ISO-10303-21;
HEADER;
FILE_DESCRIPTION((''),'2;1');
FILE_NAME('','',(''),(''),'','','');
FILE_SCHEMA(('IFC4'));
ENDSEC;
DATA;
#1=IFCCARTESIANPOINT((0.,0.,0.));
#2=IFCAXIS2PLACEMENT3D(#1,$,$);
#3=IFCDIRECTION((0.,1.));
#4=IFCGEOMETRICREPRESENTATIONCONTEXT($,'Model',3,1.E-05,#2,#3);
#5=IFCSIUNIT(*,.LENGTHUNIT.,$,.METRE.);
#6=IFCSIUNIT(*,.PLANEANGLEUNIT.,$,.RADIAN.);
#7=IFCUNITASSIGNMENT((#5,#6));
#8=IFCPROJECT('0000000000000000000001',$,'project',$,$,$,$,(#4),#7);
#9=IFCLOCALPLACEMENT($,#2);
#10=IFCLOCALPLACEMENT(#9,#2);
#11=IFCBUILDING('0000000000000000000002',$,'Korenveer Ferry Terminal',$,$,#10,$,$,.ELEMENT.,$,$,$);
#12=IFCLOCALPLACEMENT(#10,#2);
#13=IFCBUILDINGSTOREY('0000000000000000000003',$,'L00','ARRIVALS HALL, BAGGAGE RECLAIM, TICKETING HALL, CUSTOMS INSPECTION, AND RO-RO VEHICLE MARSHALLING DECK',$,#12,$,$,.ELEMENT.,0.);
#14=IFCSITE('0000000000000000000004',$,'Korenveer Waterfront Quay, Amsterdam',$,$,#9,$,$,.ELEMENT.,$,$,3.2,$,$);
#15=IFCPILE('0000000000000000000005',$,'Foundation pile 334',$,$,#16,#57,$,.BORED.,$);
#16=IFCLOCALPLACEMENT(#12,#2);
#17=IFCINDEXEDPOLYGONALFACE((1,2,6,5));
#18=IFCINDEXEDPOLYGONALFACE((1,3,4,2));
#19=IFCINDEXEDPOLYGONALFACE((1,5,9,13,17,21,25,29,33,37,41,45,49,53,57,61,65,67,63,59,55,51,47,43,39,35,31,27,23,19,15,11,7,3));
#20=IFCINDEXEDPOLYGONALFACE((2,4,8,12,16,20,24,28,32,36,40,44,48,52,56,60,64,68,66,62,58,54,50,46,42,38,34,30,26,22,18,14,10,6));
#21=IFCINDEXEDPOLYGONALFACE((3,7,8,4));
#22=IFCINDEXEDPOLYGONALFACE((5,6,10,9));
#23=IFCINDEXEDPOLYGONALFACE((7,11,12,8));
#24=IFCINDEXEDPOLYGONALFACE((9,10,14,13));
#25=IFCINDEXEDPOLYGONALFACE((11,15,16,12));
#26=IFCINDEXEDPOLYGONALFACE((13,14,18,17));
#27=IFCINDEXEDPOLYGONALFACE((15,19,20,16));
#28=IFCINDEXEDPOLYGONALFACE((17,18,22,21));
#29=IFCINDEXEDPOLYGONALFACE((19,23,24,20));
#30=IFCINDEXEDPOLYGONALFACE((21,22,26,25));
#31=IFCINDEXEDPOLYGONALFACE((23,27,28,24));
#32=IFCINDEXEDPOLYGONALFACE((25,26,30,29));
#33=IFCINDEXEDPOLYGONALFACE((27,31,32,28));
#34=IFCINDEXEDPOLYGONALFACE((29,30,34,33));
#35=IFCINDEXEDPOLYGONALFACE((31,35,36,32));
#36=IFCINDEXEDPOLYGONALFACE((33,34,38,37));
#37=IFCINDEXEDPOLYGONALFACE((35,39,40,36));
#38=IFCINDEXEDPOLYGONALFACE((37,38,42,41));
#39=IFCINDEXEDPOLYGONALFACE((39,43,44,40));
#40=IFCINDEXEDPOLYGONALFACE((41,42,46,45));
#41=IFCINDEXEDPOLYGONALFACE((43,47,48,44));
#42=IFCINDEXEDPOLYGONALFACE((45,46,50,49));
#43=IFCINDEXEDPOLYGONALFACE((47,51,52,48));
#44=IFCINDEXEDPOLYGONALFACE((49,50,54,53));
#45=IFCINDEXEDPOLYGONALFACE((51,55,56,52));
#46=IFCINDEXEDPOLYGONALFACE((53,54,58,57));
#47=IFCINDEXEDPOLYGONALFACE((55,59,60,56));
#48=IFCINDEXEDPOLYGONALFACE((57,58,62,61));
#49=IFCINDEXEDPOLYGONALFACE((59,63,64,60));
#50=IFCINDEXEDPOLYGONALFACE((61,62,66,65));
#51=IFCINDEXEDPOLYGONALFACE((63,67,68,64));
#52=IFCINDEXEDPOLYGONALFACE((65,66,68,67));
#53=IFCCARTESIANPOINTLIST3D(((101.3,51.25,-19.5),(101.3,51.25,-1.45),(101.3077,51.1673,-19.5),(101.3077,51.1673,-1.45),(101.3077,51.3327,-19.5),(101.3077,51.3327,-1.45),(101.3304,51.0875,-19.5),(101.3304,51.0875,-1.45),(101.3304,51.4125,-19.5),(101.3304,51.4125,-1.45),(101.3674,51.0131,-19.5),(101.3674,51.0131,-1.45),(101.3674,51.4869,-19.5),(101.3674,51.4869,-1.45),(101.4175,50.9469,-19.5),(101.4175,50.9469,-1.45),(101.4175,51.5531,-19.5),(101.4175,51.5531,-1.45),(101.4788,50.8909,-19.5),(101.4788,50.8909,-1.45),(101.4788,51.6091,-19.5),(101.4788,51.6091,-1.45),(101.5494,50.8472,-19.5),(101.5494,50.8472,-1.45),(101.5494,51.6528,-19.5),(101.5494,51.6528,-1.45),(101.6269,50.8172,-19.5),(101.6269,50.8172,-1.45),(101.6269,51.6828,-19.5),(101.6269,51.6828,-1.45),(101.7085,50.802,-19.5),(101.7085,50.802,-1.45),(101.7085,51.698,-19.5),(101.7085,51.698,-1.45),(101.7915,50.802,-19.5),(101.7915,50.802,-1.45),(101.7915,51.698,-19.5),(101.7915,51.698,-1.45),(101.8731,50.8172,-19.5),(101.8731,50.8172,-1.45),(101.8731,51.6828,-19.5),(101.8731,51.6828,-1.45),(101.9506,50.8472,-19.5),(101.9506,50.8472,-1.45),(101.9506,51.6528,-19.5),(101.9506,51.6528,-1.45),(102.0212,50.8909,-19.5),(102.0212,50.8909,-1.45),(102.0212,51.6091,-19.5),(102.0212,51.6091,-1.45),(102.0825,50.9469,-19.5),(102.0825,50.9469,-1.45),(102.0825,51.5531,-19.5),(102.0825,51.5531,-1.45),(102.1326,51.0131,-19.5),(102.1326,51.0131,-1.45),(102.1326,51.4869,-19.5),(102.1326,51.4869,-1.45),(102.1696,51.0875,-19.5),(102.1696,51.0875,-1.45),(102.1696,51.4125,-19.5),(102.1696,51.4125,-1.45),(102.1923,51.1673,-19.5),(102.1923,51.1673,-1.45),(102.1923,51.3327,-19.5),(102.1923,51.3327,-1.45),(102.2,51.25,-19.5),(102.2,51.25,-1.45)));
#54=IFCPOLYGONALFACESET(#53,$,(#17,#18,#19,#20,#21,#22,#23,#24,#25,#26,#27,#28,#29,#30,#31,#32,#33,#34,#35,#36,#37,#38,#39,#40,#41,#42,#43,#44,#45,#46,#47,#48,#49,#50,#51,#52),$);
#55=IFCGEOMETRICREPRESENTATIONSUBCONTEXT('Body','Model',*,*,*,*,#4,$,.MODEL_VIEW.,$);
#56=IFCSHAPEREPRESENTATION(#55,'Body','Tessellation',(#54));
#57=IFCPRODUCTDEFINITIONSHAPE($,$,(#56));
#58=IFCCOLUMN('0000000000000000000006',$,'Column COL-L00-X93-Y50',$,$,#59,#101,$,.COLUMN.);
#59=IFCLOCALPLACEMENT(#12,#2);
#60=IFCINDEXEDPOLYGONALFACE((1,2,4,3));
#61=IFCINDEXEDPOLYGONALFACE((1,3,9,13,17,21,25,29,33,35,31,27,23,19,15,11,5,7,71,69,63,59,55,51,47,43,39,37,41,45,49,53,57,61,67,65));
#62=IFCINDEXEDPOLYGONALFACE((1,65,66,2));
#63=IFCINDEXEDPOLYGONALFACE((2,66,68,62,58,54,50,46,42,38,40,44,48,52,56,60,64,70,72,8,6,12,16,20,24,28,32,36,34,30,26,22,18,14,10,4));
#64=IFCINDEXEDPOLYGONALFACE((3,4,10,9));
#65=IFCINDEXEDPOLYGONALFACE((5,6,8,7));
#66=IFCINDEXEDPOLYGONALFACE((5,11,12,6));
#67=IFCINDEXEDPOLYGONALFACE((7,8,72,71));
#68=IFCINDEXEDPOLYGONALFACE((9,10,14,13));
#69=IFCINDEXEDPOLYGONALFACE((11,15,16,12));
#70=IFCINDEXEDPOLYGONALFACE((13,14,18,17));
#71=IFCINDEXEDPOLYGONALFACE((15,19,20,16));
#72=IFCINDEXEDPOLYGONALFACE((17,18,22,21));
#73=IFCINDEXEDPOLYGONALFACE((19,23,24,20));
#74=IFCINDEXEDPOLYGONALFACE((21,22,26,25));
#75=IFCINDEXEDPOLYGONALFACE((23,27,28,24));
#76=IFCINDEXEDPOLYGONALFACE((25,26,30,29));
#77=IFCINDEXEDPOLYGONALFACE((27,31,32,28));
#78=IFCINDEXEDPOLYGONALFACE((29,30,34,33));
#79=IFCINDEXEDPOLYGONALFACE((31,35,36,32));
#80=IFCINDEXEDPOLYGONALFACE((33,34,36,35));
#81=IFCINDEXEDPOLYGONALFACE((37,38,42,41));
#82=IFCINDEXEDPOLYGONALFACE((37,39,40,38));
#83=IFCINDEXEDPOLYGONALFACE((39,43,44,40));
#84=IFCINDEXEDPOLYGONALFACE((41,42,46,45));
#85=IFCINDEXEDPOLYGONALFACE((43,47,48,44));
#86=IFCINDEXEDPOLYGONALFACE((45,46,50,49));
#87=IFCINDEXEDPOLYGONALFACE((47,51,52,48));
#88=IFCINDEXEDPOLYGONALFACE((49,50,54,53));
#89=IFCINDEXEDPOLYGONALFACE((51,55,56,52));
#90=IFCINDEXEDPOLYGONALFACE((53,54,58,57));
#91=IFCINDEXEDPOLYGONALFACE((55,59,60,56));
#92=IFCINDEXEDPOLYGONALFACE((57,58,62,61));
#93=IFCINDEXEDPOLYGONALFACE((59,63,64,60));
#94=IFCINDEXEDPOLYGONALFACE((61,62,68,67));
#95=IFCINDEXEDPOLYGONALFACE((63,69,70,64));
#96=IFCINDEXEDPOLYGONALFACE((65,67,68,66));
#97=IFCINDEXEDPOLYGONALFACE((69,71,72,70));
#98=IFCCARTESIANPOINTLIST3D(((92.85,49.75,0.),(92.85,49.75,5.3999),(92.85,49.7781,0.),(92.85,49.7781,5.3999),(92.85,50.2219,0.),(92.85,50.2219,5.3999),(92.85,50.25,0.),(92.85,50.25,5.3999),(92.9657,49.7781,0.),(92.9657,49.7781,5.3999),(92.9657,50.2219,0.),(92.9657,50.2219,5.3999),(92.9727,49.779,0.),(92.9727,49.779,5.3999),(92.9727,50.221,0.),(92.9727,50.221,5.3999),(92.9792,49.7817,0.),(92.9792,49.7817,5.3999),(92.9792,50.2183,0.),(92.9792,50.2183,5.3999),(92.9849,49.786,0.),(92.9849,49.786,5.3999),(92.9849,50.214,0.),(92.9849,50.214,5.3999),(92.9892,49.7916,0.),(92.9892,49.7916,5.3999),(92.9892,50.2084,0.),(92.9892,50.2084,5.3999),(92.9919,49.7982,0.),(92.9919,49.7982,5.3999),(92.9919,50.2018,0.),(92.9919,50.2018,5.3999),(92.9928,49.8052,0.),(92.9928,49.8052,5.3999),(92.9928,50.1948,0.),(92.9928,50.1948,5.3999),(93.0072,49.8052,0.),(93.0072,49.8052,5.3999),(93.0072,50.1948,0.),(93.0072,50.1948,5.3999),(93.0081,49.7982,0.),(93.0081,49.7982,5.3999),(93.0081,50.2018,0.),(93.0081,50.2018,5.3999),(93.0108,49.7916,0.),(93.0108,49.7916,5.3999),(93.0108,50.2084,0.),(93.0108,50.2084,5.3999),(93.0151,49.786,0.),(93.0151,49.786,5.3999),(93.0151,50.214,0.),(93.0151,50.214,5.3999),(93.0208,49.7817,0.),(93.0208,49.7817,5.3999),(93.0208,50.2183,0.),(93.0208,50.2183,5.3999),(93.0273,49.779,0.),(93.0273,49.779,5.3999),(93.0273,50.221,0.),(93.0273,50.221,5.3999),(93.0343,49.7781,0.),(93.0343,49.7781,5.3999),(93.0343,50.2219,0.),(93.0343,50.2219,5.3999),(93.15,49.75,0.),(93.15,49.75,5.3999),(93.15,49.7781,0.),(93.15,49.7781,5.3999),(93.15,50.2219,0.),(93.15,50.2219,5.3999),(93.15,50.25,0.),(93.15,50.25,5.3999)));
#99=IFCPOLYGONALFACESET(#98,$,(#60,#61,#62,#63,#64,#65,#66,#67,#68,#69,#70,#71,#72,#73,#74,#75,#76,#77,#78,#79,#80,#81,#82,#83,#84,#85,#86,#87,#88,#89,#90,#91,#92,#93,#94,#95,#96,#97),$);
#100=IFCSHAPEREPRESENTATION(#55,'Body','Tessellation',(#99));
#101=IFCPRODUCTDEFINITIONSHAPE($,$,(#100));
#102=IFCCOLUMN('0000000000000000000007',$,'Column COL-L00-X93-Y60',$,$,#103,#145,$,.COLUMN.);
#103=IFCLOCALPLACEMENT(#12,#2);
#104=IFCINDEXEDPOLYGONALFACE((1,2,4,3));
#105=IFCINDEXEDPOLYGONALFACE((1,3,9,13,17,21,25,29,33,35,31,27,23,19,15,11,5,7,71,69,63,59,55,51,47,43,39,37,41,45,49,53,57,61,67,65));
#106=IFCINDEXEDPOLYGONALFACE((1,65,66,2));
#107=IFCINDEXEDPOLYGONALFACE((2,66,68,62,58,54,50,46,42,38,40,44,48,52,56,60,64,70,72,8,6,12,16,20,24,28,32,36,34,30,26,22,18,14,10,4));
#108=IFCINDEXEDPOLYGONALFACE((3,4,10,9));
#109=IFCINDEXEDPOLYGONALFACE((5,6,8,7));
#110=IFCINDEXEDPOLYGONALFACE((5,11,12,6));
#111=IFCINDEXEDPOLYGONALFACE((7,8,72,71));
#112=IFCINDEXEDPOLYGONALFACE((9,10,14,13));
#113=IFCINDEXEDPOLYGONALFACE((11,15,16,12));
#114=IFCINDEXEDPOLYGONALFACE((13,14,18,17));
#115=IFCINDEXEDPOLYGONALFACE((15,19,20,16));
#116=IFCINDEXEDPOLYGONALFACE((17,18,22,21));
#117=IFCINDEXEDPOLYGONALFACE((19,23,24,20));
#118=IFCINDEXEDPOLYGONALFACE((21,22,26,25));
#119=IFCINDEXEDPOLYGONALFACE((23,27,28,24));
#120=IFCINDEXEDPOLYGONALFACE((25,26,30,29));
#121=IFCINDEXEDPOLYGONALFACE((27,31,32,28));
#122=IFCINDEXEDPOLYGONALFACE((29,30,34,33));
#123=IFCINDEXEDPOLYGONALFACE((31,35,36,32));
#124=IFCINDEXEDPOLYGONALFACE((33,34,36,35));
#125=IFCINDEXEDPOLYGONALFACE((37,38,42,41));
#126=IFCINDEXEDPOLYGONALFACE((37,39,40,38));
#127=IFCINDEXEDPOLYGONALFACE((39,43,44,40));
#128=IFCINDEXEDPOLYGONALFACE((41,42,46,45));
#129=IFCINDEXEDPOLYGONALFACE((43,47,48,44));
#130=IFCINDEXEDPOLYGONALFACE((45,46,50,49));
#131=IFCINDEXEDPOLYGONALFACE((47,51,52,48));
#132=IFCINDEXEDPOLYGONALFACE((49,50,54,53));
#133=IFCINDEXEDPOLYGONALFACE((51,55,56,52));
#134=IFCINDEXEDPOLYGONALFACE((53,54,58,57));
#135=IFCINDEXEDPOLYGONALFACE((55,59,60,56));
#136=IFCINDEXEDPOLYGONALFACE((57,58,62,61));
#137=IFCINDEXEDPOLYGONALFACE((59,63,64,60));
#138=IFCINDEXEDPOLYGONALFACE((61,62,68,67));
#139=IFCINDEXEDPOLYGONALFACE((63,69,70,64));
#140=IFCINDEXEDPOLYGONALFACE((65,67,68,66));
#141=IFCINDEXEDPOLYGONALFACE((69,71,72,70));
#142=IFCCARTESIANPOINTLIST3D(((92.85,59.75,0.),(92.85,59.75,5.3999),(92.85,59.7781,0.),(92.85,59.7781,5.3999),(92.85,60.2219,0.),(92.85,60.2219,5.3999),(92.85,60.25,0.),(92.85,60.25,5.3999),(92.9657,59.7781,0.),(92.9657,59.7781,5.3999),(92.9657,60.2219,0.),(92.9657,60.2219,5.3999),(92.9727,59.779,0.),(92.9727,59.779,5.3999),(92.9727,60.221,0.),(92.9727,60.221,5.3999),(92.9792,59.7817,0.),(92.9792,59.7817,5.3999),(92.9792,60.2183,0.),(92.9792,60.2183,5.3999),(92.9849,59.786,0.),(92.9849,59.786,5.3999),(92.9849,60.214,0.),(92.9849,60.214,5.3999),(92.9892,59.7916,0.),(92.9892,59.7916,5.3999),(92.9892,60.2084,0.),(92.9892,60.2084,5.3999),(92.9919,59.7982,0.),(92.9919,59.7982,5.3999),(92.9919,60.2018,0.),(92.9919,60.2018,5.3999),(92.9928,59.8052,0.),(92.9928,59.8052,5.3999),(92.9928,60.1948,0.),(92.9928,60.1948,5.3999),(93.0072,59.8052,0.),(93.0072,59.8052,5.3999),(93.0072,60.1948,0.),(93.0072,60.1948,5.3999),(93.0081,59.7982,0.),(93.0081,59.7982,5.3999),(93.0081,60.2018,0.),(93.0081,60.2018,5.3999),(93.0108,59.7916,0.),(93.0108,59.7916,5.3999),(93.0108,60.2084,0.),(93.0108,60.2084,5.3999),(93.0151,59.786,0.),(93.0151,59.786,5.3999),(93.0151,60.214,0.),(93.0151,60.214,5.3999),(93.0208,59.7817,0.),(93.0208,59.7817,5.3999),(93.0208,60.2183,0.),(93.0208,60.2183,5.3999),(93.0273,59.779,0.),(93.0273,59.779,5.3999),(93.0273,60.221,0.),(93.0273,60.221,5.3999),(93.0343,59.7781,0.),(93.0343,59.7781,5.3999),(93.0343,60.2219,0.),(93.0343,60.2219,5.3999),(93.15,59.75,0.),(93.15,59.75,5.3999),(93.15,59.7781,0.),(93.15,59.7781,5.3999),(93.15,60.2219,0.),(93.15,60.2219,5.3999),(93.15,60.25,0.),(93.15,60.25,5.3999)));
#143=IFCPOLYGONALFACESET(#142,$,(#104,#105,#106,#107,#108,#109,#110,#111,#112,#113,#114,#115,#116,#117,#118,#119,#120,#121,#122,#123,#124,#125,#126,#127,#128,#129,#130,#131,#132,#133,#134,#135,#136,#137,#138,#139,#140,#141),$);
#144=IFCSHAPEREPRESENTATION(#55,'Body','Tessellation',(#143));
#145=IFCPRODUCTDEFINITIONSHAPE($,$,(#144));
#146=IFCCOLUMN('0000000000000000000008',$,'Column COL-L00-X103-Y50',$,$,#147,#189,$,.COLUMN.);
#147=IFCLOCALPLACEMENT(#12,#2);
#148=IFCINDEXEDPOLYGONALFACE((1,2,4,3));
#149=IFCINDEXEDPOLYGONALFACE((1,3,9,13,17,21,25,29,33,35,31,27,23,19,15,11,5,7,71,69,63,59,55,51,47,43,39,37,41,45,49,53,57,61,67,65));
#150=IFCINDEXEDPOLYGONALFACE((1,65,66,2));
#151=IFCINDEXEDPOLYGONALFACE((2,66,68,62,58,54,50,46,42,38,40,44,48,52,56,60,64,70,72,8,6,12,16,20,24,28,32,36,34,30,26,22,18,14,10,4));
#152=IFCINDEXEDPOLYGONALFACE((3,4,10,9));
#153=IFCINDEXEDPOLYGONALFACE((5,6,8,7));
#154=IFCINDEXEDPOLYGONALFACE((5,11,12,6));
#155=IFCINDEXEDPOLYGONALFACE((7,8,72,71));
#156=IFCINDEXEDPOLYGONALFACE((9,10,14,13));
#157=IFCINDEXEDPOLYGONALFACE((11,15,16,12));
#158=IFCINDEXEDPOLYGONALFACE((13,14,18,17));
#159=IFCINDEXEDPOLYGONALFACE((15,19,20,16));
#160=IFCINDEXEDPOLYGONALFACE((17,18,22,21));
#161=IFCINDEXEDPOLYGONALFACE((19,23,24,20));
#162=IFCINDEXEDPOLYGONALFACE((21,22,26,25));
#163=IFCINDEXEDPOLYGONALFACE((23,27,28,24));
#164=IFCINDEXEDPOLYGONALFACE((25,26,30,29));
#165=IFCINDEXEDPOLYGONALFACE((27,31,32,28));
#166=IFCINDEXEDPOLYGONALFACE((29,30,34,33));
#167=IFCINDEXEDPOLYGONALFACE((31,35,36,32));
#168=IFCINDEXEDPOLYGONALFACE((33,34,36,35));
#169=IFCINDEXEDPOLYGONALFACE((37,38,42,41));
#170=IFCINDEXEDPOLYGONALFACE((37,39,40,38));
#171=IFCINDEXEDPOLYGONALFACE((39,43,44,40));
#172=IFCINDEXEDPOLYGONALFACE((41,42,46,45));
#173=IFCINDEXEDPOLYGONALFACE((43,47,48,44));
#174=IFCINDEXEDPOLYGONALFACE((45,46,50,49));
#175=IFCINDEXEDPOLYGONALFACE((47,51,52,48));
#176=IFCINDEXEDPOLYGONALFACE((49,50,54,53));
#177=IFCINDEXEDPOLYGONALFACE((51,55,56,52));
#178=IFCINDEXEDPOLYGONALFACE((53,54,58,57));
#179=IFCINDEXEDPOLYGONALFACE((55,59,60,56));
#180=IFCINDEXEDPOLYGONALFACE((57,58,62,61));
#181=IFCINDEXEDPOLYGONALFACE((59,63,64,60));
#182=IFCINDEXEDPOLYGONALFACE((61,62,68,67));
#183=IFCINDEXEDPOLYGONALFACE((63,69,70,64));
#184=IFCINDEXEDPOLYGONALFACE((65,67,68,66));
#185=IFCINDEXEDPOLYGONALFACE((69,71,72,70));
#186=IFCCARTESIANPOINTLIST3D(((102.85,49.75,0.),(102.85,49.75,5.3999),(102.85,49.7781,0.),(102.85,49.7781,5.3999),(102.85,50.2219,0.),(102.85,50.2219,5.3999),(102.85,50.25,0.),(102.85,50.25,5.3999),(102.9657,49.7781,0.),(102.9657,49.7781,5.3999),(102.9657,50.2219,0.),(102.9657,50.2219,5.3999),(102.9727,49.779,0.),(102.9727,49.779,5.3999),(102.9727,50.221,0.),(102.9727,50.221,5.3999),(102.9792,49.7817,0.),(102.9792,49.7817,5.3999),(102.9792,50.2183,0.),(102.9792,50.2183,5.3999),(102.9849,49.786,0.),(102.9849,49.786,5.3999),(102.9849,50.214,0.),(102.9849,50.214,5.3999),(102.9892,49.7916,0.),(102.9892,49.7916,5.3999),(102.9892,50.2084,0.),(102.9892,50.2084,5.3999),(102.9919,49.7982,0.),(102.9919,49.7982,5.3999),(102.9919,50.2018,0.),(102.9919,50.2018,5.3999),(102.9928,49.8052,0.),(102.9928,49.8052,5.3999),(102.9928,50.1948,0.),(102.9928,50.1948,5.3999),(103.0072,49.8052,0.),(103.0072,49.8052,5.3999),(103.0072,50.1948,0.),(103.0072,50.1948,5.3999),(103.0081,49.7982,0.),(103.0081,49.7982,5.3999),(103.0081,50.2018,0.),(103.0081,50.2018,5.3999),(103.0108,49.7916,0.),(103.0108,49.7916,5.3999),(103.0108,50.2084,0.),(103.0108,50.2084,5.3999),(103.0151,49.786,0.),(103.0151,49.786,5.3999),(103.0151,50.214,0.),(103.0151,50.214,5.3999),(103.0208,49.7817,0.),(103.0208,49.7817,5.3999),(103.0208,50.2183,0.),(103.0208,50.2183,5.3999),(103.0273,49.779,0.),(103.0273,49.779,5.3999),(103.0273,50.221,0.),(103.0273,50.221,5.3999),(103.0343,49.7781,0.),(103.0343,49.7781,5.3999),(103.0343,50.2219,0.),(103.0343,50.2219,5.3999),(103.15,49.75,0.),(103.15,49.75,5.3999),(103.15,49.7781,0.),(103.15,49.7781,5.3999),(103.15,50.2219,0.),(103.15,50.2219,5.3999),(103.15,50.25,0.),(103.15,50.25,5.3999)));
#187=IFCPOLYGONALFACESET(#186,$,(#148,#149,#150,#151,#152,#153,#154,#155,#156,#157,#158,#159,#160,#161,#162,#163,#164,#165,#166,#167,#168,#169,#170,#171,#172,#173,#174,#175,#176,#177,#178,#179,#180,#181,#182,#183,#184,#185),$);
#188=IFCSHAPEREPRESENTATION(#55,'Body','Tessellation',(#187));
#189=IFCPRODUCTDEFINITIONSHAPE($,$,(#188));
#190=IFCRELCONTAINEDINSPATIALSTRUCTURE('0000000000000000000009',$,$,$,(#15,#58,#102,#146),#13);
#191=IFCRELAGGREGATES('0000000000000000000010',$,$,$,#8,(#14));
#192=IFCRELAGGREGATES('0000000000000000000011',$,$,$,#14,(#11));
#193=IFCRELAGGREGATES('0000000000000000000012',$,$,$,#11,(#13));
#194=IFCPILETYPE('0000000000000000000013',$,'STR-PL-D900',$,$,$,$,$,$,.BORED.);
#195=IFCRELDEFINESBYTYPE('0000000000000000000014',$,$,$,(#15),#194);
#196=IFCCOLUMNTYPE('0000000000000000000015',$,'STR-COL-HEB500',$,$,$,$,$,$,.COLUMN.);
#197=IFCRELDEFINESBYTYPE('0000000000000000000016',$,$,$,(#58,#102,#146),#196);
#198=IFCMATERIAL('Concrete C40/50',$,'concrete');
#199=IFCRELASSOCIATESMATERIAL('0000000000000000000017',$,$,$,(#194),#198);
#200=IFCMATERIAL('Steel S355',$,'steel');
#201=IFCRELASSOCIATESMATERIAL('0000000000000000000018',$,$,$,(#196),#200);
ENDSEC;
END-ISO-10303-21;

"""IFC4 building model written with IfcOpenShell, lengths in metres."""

from ifc_helpers import new_model, si_unit, direction, frame, origin, origin_2d, place, context, subcontext, project, spatial, circle, i_section, extrude, material, material_profile, profile_set, type_object, element, save


model = new_model("IFC4")

# Units and contexts
model_context = context("Model", 3, precision=1e-05, world=origin(), true_north=direction((0.0, 1.0)))
body_context = subcontext(model_context, "Body", "Model", "MODEL_VIEW")
ifc_project = project(units=[si_unit("LENGTHUNIT", "METRE"), si_unit("PLANEANGLEUNIT", "RADIAN")], contexts=[model_context])

# Site, building, storey
site_placement = place(None, origin())
site = spatial("IfcSite", under=ifc_project, at=site_placement, Name="Korenveer Waterfront Quay, Amsterdam", CompositionType="ELEMENT", RefElevation=3.2)
building_placement = place(site_placement, origin())
building = spatial("IfcBuilding", under=site, at=building_placement, Name="Korenveer Ferry Terminal", CompositionType="ELEMENT")
storey_placement = place(building_placement, origin())
storey = spatial("IfcBuildingStorey", under=building, at=storey_placement, Name="L00", Description="ARRIVALS HALL, BAGGAGE RECLAIM, TICKETING HALL, CUSTOMS INSPECTION, AND RO-RO VEHICLE MARSHALLING DECK", CompositionType="ELEMENT", Elevation=0.0)

# Shared definitions
ifc_material_1 = material(Name="Concrete C40/50", Category="concrete")

# Pile
ifc_material_profile_1 = material_profile(ifc_material_1, circle(Radius=0.45, at=origin_2d()), Name="PILE D900")
ifc_profile_set_1 = profile_set([ifc_material_profile_1], Name="Concrete C40/50")
pile_type_1 = type_object("IfcPileType", Name="STR-PL-D900", PredefinedType="BORED", material=ifc_profile_set_1)
for number, where, z_axis, x_axis, name in (
    (1, (101.75, 51.25, -1.45), (0.0, 0.0, -1.0), (1.0, 0.0, 0.0), "Foundation pile 334"),
):
    element("IfcPile", number, at=place(storey_placement, frame(where, z_axis=z_axis, x_axis=x_axis)), inside=storey, type_object=pile_type_1, Name=name, PredefinedType="BORED", context=body_context, shape_type="SweptSolid", body=[
        extrude(circle(Radius=0.45, at=origin_2d()), origin(), (0.0, 0.0, 1.0), 18.05),
    ])

# Columns
ifc_material_2 = material(Name="Steel S355", Category="steel")
ifc_material_profile_2 = material_profile(ifc_material_2, i_section(OverallWidth=0.3, OverallDepth=0.5, WebThickness=0.0144, FlangeThickness=0.0281, FilletRadius=0.0271, at=origin_2d()), Name="HEB 500")
ifc_profile_set_2 = profile_set([ifc_material_profile_2], Name="Steel S355")
column_type = type_object("IfcColumnType", Name="STR-COL-HEB500", PredefinedType="COLUMN", material=ifc_profile_set_2)
for number, where, z_axis, x_axis, name in (
    (2, (93.0, 50.0, 0.0), (0.0, 0.0, 1.0), (1.0, 0.0, 0.0), "Column COL-L00-X93-Y50"),
    (3, (93.0, 60.0, 0.0), (0.0, 0.0, 1.0), (1.0, 0.0, 0.0), "Column COL-L00-X93-Y60"),
    (4, (103.0, 50.0, 0.0), (0.0, 0.0, 1.0), (1.0, 0.0, 0.0), "Column COL-L00-X103-Y50"),
):
    element("IfcColumn", number, at=place(storey_placement, frame(where, z_axis=z_axis, x_axis=x_axis)), inside=storey, type_object=column_type, Name=name, PredefinedType="COLUMN", context=body_context, shape_type="SweptSolid", body=[
        extrude(i_section(OverallWidth=0.3, OverallDepth=0.5, WebThickness=0.0144, FlangeThickness=0.0281, FilletRadius=0.0271, at=origin_2d()), origin(), (0.0, 0.0, 1.0), 5.3999),
    ])

save(model, "model.ifc")
